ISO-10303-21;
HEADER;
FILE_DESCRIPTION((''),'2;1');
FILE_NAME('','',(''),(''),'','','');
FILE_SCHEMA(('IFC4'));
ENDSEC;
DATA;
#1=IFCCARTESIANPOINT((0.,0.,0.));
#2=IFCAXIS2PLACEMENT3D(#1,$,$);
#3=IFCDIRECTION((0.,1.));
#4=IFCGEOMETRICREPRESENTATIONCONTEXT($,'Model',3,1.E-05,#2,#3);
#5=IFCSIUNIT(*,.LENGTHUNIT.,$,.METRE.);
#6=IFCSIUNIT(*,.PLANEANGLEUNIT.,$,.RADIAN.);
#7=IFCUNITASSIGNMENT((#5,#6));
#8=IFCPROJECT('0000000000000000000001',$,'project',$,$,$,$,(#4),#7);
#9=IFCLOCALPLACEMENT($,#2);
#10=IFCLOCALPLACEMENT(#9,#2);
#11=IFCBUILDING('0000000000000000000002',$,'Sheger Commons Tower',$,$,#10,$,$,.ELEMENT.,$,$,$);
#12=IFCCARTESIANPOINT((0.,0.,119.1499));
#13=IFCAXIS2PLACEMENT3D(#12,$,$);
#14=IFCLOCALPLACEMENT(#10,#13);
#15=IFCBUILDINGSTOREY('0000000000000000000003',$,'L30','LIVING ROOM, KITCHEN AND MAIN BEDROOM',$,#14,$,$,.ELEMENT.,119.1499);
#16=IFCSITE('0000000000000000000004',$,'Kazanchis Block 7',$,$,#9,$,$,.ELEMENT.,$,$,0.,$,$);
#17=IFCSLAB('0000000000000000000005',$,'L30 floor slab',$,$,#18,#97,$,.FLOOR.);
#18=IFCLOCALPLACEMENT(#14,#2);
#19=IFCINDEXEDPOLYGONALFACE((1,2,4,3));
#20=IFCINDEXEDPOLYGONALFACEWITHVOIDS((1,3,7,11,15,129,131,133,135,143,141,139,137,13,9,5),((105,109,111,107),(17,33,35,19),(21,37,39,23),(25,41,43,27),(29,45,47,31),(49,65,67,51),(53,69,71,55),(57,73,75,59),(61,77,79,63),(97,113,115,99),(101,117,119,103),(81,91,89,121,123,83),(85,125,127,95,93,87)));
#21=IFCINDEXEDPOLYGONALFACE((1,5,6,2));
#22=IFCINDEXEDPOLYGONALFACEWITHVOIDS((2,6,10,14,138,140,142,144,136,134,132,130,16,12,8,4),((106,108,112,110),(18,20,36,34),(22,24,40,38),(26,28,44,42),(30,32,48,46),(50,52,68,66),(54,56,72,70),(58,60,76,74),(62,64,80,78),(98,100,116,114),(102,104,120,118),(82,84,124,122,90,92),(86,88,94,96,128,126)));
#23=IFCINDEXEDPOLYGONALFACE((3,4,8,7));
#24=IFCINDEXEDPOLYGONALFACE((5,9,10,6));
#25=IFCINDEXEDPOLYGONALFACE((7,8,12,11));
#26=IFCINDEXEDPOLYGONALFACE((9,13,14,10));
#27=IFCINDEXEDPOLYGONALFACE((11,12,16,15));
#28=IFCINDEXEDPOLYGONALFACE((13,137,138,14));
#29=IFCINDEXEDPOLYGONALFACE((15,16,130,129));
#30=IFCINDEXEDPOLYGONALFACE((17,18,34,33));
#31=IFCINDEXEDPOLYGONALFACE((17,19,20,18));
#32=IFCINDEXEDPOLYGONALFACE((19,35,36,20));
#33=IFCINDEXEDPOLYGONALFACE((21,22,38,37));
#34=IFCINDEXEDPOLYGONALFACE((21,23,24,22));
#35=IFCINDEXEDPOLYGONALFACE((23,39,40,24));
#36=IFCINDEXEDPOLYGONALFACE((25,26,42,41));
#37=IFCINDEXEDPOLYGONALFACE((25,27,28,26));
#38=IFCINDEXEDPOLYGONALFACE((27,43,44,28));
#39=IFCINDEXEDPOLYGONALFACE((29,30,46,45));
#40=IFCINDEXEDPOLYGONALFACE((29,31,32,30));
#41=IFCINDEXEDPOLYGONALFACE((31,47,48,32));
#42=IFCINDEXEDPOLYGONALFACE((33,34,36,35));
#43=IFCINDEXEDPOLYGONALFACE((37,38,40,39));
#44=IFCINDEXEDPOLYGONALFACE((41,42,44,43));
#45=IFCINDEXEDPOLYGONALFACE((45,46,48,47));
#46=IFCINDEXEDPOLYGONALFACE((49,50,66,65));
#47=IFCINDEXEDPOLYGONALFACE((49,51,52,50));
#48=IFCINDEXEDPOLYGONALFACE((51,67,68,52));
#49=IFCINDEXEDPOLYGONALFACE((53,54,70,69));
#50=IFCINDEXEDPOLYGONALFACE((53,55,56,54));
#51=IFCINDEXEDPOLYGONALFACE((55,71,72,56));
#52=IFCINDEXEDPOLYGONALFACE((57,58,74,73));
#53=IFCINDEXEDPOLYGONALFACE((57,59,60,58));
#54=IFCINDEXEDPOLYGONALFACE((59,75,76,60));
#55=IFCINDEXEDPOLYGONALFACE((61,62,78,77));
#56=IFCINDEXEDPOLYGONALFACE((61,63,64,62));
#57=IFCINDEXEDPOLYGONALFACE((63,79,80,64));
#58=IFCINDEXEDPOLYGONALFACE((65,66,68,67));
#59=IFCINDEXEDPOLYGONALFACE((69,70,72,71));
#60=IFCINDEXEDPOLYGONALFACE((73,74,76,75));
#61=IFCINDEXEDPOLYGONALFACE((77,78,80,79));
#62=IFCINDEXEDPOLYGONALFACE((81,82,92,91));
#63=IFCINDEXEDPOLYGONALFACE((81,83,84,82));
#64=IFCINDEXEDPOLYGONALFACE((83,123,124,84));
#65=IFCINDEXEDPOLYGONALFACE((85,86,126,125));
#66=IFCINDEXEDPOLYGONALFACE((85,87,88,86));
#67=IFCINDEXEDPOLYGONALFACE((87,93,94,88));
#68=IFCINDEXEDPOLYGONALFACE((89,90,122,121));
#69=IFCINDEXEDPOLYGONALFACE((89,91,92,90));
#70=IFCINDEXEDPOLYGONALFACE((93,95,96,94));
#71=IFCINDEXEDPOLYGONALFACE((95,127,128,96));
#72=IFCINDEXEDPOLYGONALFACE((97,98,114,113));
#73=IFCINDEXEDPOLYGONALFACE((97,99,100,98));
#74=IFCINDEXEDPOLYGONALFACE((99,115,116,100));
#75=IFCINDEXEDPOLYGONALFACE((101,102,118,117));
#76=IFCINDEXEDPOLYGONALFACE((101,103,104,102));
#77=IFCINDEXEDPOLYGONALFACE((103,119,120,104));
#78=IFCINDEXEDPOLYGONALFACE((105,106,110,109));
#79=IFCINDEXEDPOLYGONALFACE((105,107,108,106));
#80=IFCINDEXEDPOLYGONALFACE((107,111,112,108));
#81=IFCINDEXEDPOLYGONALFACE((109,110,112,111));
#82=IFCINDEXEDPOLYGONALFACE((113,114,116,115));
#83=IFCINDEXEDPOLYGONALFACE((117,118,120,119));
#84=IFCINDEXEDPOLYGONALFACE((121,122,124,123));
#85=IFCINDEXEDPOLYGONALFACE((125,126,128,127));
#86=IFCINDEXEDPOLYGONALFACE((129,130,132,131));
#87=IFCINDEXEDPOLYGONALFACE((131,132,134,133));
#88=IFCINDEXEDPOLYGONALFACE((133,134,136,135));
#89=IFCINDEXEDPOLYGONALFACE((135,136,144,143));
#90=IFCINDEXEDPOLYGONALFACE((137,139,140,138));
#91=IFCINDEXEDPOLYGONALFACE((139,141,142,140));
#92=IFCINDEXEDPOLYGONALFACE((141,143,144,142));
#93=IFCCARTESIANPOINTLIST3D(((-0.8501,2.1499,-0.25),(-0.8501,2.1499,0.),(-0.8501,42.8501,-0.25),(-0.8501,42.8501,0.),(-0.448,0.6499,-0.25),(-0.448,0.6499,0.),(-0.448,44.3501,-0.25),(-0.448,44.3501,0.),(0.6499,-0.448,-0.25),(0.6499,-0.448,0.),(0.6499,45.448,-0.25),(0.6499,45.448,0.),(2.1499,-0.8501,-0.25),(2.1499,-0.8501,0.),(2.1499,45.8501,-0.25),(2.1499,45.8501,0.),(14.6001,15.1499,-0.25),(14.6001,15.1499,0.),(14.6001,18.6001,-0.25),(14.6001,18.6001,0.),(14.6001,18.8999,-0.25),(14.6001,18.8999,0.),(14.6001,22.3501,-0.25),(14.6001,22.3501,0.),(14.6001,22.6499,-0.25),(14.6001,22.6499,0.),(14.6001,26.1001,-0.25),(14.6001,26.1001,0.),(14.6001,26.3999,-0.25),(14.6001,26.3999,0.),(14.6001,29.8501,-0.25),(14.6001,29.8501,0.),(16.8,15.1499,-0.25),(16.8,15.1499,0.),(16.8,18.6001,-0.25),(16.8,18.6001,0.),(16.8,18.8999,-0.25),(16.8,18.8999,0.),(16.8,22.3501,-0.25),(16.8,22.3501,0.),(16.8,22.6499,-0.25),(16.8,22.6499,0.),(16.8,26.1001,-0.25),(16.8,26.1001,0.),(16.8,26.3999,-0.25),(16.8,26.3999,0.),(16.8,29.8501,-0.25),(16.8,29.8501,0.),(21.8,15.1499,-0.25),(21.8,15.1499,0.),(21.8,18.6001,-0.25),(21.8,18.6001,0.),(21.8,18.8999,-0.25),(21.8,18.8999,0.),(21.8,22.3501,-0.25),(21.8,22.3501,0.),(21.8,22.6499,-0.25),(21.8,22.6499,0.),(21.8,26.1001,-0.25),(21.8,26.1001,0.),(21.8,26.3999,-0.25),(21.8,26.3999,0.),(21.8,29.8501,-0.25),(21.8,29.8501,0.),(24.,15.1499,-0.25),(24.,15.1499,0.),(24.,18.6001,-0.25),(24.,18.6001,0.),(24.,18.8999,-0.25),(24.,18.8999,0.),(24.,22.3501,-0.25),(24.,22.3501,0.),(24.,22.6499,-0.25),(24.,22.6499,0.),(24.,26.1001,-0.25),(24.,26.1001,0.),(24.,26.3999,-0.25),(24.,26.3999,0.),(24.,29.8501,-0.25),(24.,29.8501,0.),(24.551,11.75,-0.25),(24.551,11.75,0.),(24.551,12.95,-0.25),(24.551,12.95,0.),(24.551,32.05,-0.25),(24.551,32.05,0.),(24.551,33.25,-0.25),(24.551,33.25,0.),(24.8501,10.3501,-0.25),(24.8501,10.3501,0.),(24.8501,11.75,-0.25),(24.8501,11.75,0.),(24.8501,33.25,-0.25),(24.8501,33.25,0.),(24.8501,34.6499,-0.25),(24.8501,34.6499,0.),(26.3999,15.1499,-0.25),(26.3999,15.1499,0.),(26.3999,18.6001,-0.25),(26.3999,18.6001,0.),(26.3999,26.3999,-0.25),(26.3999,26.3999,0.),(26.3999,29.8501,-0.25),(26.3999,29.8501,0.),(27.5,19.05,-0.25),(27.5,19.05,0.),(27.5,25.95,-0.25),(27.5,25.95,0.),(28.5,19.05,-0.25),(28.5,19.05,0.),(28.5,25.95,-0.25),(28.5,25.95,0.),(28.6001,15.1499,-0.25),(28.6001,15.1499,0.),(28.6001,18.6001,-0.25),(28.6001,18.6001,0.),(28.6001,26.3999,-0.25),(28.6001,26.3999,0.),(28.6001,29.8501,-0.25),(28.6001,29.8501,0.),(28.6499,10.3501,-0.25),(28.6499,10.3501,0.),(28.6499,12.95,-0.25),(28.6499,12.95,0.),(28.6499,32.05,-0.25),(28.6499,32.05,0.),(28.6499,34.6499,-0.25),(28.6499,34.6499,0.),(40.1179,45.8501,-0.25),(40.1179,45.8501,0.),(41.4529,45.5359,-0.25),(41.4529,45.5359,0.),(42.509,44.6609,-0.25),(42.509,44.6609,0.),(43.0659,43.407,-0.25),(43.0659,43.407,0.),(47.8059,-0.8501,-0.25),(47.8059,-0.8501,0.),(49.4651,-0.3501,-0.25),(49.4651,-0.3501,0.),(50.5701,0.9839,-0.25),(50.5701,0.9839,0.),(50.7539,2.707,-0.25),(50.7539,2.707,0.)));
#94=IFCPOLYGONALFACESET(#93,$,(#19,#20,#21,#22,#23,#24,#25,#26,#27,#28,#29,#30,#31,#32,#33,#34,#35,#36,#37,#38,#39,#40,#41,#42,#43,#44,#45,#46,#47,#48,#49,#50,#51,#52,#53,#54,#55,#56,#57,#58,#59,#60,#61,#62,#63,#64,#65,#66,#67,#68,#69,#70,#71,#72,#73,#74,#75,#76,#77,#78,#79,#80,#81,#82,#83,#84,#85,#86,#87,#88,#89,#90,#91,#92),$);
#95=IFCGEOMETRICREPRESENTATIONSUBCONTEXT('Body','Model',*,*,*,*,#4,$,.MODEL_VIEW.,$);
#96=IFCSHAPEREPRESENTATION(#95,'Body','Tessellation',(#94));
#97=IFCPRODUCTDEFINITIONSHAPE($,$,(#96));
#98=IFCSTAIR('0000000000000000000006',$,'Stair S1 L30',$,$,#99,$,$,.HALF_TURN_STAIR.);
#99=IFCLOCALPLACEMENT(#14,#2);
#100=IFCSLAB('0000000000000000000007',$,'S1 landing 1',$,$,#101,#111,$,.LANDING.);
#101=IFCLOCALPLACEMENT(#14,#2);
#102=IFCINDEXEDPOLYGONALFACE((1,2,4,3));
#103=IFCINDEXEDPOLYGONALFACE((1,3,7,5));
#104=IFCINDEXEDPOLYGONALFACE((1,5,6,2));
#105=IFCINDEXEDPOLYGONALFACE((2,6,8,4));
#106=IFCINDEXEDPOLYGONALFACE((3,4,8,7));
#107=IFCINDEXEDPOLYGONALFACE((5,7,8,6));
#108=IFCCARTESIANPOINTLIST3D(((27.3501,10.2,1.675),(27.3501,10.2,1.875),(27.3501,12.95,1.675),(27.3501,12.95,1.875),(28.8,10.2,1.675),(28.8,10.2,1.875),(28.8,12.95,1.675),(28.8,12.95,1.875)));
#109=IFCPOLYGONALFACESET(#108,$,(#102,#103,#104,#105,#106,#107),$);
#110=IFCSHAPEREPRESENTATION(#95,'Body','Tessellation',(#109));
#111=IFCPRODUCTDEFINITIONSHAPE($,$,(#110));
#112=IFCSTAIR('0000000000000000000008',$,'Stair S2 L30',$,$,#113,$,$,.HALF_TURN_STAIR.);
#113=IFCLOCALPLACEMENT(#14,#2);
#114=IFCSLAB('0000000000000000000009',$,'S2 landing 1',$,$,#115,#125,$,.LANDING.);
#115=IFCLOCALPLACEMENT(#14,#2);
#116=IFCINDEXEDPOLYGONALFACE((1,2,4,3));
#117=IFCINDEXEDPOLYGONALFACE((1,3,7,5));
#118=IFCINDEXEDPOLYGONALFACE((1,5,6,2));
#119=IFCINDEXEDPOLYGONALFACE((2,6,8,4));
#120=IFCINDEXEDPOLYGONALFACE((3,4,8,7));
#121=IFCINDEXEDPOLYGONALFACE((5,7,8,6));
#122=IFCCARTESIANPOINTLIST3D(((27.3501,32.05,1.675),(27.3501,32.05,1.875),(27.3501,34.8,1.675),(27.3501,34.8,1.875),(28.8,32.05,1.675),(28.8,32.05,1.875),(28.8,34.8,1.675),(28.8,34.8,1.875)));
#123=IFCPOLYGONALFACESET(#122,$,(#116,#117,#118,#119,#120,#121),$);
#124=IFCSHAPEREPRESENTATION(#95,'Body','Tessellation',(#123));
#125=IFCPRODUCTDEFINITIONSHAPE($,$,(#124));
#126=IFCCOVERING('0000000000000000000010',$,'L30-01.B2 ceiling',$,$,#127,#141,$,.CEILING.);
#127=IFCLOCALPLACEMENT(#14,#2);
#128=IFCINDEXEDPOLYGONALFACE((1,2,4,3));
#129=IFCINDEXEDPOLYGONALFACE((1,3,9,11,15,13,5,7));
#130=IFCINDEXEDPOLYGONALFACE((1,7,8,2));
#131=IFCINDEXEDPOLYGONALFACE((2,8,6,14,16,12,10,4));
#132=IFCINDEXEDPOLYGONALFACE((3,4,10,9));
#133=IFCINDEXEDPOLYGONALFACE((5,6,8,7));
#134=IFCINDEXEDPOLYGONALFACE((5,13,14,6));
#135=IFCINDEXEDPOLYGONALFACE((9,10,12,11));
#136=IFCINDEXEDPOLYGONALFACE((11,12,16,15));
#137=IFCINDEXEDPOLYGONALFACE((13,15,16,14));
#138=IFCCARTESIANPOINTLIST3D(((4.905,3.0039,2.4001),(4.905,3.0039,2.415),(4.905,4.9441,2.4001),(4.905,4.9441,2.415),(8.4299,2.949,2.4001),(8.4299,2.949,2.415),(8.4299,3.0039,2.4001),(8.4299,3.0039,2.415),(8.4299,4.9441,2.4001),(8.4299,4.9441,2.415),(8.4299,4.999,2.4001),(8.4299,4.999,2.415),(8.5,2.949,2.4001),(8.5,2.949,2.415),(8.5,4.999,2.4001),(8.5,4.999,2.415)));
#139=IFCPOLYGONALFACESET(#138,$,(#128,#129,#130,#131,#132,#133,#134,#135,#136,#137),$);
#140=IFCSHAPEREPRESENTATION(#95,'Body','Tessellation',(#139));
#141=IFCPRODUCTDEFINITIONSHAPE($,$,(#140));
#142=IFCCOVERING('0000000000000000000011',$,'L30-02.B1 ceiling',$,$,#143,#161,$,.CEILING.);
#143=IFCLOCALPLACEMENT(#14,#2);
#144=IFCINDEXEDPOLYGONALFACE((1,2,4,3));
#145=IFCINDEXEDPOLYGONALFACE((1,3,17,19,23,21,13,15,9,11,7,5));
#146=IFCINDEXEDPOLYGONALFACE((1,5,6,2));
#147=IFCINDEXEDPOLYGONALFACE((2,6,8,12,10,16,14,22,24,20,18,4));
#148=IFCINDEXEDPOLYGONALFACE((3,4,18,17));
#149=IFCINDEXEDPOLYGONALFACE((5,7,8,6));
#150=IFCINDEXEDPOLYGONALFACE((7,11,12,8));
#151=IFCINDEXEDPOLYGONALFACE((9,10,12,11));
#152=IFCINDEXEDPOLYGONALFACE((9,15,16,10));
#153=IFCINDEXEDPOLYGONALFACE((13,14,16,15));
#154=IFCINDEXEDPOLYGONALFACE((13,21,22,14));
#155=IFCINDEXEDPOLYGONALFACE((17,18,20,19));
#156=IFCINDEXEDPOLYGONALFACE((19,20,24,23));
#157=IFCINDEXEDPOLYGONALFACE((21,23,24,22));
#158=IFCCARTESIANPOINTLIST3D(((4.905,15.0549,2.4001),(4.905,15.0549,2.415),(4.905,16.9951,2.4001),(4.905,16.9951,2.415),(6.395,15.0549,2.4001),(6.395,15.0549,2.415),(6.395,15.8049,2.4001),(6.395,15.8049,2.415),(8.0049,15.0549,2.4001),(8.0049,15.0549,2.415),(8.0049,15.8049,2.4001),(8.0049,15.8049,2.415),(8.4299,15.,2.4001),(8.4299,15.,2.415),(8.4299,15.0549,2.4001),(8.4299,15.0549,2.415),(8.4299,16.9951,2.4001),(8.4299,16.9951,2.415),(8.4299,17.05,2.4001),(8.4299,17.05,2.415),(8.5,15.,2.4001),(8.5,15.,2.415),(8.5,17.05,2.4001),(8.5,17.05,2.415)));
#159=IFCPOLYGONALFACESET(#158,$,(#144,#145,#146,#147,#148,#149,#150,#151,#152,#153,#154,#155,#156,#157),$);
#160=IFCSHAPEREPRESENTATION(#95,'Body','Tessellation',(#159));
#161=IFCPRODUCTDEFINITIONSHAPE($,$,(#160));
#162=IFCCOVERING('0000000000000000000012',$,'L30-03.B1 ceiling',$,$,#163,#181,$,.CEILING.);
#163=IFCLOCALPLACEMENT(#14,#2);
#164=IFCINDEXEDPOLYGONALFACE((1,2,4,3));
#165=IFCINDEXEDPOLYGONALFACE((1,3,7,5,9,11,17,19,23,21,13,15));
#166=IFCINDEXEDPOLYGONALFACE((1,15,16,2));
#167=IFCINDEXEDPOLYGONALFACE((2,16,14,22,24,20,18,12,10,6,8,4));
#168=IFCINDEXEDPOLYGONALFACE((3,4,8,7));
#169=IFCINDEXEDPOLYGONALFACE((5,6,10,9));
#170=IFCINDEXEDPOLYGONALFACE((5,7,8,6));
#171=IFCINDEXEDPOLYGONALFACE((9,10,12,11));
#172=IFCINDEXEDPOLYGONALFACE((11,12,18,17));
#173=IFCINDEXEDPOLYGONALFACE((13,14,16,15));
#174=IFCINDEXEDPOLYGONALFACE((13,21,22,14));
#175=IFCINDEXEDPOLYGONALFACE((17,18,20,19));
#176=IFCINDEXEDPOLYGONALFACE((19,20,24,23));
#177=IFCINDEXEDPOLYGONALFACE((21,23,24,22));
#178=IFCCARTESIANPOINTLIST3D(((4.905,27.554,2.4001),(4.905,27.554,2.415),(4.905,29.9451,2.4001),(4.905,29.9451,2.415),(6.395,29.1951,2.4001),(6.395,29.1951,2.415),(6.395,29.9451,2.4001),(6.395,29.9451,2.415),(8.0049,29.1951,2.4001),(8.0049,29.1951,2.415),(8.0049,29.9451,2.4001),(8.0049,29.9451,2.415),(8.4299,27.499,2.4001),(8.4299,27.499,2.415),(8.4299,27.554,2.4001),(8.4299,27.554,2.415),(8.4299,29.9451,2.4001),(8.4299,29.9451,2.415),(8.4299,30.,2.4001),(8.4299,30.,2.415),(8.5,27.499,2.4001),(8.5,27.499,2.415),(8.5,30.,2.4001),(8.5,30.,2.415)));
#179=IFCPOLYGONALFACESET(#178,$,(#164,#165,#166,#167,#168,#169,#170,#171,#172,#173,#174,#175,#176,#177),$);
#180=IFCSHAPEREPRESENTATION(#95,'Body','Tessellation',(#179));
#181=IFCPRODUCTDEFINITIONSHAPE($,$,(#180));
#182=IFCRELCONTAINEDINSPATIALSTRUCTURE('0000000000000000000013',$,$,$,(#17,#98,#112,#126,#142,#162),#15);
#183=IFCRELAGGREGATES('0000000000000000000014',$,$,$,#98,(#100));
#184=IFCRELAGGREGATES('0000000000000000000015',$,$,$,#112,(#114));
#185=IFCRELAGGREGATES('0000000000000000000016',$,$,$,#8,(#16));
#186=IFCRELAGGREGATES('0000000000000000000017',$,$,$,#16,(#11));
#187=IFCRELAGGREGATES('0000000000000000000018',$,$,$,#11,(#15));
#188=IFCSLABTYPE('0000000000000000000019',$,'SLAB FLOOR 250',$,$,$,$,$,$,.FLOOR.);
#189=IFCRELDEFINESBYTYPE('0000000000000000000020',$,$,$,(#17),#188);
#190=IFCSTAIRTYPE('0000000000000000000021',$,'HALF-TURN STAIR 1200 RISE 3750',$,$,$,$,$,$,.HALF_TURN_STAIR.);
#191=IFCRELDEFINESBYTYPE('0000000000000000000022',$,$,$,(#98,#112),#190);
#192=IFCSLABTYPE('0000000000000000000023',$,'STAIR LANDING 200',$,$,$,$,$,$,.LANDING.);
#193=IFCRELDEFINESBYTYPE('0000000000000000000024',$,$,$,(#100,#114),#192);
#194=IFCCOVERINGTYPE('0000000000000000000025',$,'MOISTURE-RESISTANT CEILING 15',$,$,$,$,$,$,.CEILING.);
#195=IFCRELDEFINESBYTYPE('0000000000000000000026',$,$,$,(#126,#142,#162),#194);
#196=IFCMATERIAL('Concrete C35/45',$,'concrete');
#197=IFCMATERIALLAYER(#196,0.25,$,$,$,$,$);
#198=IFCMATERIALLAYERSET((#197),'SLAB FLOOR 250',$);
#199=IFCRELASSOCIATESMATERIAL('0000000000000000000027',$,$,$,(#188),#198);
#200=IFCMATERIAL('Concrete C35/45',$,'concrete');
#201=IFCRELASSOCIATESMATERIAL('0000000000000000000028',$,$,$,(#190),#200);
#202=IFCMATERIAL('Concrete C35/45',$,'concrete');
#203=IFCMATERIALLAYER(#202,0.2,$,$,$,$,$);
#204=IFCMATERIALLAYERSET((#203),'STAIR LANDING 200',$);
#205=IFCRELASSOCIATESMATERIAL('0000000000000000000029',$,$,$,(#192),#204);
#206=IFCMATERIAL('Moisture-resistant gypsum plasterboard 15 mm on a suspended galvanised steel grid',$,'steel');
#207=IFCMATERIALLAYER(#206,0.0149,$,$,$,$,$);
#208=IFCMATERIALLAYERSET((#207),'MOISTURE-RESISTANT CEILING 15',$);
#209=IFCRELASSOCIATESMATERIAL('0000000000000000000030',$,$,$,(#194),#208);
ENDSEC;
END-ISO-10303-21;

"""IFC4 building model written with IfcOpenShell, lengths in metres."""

from ifc_helpers import new_model, si_unit, direction, frame, origin, place, context, subcontext, project, spatial, polyline, outline, extrude, material, layer, layer_set, type_object, element, aggregate, save


model = new_model("IFC4")

# Units and contexts
model_context = context("Model", 3, precision=1e-05, world=origin(), true_north=direction((0.0, 1.0)))
body_context = subcontext(model_context, "Body", "Model", "MODEL_VIEW")
ifc_project = project(units=[si_unit("LENGTHUNIT", "METRE"), si_unit("PLANEANGLEUNIT", "RADIAN")], contexts=[model_context])

# Site, building, storey
site_placement = place(None, origin())
site = spatial("IfcSite", under=ifc_project, at=site_placement, Name="Kazanchis Block 7", CompositionType="ELEMENT", RefElevation=0.0)
building_placement = place(site_placement, origin())
building = spatial("IfcBuilding", under=site, at=building_placement, Name="Sheger Commons Tower", CompositionType="ELEMENT")
storey_placement = place(building_placement, frame((0.0, 0.0, 119.1499)))
storey = spatial("IfcBuildingStorey", under=building, at=storey_placement, Name="L30", Description="LIVING ROOM, KITCHEN AND MAIN BEDROOM", CompositionType="ELEMENT", Elevation=119.1499)

# Slab
ifc_material_1 = material(Name="Concrete C35/45", Category="concrete")
ifc_layer_1 = layer(ifc_material_1, 0.25)
ifc_layer_set_1 = layer_set([ifc_layer_1], Name="SLAB FLOOR 250")
slab_type_1 = type_object("IfcSlabType", Name="SLAB FLOOR 250", PredefinedType="FLOOR", material=ifc_layer_set_1)
slab_1_placement = place(storey_placement, frame((0.0, 0.0, -0.25)))
element("IfcSlab", 1, at=slab_1_placement, inside=storey, type_object=slab_type_1, Name="L30 floor slab", PredefinedType="FLOOR", context=body_context, shape_type="SweptSolid", body=[
    extrude(outline(polyline([(-0.8501, 2.1499), (-0.448, 0.6499), (0.6499, -0.448), (2.1499, -0.8501), (47.8059, -0.8501), (49.4651, -0.3501), (50.5701, 0.9839), (50.7539, 2.707), (43.0659, 43.407), (42.509, 44.6609), (41.4529, 45.5359), (40.1179, 45.8501), (2.1499, 45.8501), (0.6499, 45.448), (-0.448, 44.3501), (-0.8501, 42.8501), (-0.8501, 2.1499)]), holes=[polyline([(24.8501, 10.3501), (28.6499, 10.3501), (28.6499, 12.95), (24.551, 12.95), (24.551, 11.75), (24.8501, 11.75), (24.8501, 10.3501)]), polyline([(24.551, 32.05), (28.6499, 32.05), (28.6499, 34.6499), (24.8501, 34.6499), (24.8501, 33.25), (24.551, 33.25), (24.551, 32.05)]), polyline([(26.3999, 15.1499), (28.6001, 15.1499), (28.6001, 18.6001), (26.3999, 18.6001), (26.3999, 15.1499)]), polyline([(26.3999, 26.3999), (28.6001, 26.3999), (28.6001, 29.8501), (26.3999, 29.8501), (26.3999, 26.3999)]), polyline([(14.6001, 15.1499), (16.8, 15.1499), (16.8, 18.6001), (14.6001, 18.6001), (14.6001, 15.1499)]), polyline([(14.6001, 18.8999), (16.8, 18.8999), (16.8, 22.3501), (14.6001, 22.3501), (14.6001, 18.8999)]), polyline([(14.6001, 22.6499), (16.8, 22.6499), (16.8, 26.1001), (14.6001, 26.1001), (14.6001, 22.6499)]), polyline([(14.6001, 26.3999), (16.8, 26.3999), (16.8, 29.8501), (14.6001, 29.8501), (14.6001, 26.3999)]), polyline([(21.8, 15.1499), (24.0, 15.1499), (24.0, 18.6001), (21.8, 18.6001), (21.8, 15.1499)]), polyline([(21.8, 18.8999), (24.0, 18.8999), (24.0, 22.3501), (21.8, 22.3501), (21.8, 18.8999)]), polyline([(21.8, 22.6499), (24.0, 22.6499), (24.0, 26.1001), (21.8, 26.1001), (21.8, 22.6499)]), polyline([(21.8, 26.3999), (24.0, 26.3999), (24.0, 29.8501), (21.8, 29.8501), (21.8, 26.3999)]), polyline([(27.5, 19.05), (28.5, 19.05), (28.5, 25.95), (27.5, 25.95), (27.5, 19.05)])]), origin(), (0.0, 0.0, 1.0), 0.25),
])

# Stairs, slabs
ifc_material_2 = material(Name="Concrete C35/45", Category="concrete")
stair_type = type_object("IfcStairType", Name="HALF-TURN STAIR 1200 RISE 3750", PredefinedType="HALF_TURN_STAIR", material=ifc_material_2)
stair_1_placement = place(storey_placement, origin())
stair_1 = element("IfcStair", 2, at=stair_1_placement, inside=storey, type_object=stair_type, Name="Stair S1 L30", PredefinedType="HALF_TURN_STAIR")
ifc_material_3 = material(Name="Concrete C35/45", Category="concrete")
ifc_layer_2 = layer(ifc_material_3, 0.2)
ifc_layer_set_2 = layer_set([ifc_layer_2], Name="STAIR LANDING 200")
slab_type_2 = type_object("IfcSlabType", Name="STAIR LANDING 200", PredefinedType="LANDING", material=ifc_layer_set_2)
slab_2_placement = place(storey_placement, frame((0.0, 0.0, 1.675)))
slab_2 = element("IfcSlab", 3, at=slab_2_placement, type_object=slab_type_2, Name="S1 landing 1", PredefinedType="LANDING", context=body_context, shape_type="SweptSolid", body=[
    extrude(outline(polyline([(27.3501, 10.2), (28.8, 10.2), (28.8, 12.95), (27.3501, 12.95), (27.3501, 10.2)])), origin(), (0.0, 0.0, 1.0), 0.2),
])
aggregate(stair_1, [slab_2])
stair_2_placement = place(storey_placement, origin())
stair_2 = element("IfcStair", 4, at=stair_2_placement, inside=storey, type_object=stair_type, Name="Stair S2 L30", PredefinedType="HALF_TURN_STAIR")
slab_3_placement = place(storey_placement, frame((0.0, 0.0, 1.675)))
slab_3 = element("IfcSlab", 5, at=slab_3_placement, type_object=slab_type_2, Name="S2 landing 1", PredefinedType="LANDING", context=body_context, shape_type="SweptSolid", body=[
    extrude(outline(polyline([(27.3501, 32.05), (28.8, 32.05), (28.8, 34.8), (27.3501, 34.8), (27.3501, 32.05)])), origin(), (0.0, 0.0, 1.0), 0.2),
])
aggregate(stair_2, [slab_3])

# Coverings
ifc_material_4 = material(Name="Moisture-resistant gypsum plasterboard 15 mm on a suspended galvanised steel grid", Category="steel")
ifc_layer_3 = layer(ifc_material_4, 0.0149)
ifc_layer_set_3 = layer_set([ifc_layer_3], Name="MOISTURE-RESISTANT CEILING 15")
covering_type_1 = type_object("IfcCoveringType", Name="MOISTURE-RESISTANT CEILING 15", PredefinedType="CEILING", material=ifc_layer_set_3)
covering_1_placement = place(storey_placement, frame((0.0, 0.0, 2.4001)))
element("IfcCovering", 6, at=covering_1_placement, inside=storey, type_object=covering_type_1, Name="L30-01.B2 ceiling", PredefinedType="CEILING", context=body_context, shape_type="SweptSolid", body=[
    extrude(outline(polyline([(8.4299, 2.949), (8.5, 2.949), (8.5, 4.999), (8.4299, 4.999), (8.4299, 4.9441), (4.905, 4.9441), (4.905, 3.0039), (8.4299, 3.0039), (8.4299, 2.949)])), origin(), (0.0, 0.0, 1.0), 0.0149),
])
covering_2_placement = place(storey_placement, frame((0.0, 0.0, 2.4001)))
element("IfcCovering", 7, at=covering_2_placement, inside=storey, type_object=covering_type_1, Name="L30-02.B1 ceiling", PredefinedType="CEILING", context=body_context, shape_type="SweptSolid", body=[
    extrude(outline(polyline([(8.4299, 15.0), (8.5, 15.0), (8.5, 17.05), (8.4299, 17.05), (8.4299, 16.9951), (4.905, 16.9951), (4.905, 15.0549), (6.395, 15.0549), (6.395, 15.8049), (8.0049, 15.8049), (8.0049, 15.0549), (8.4299, 15.0549), (8.4299, 15.0)])), origin(), (0.0, 0.0, 1.0), 0.0149),
])
covering_3_placement = place(storey_placement, frame((0.0, 0.0, 2.4001)))
element("IfcCovering", 8, at=covering_3_placement, inside=storey, type_object=covering_type_1, Name="L30-03.B1 ceiling", PredefinedType="CEILING", context=body_context, shape_type="SweptSolid", body=[
    extrude(outline(polyline([(8.4299, 27.499), (8.5, 27.499), (8.5, 30.0), (8.4299, 30.0), (8.4299, 29.9451), (8.0049, 29.9451), (8.0049, 29.1951), (6.395, 29.1951), (6.395, 29.9451), (4.905, 29.9451), (4.905, 27.554), (8.4299, 27.554), (8.4299, 27.499)])), origin(), (0.0, 0.0, 1.0), 0.0149),
])

save(model, "model.ifc")
